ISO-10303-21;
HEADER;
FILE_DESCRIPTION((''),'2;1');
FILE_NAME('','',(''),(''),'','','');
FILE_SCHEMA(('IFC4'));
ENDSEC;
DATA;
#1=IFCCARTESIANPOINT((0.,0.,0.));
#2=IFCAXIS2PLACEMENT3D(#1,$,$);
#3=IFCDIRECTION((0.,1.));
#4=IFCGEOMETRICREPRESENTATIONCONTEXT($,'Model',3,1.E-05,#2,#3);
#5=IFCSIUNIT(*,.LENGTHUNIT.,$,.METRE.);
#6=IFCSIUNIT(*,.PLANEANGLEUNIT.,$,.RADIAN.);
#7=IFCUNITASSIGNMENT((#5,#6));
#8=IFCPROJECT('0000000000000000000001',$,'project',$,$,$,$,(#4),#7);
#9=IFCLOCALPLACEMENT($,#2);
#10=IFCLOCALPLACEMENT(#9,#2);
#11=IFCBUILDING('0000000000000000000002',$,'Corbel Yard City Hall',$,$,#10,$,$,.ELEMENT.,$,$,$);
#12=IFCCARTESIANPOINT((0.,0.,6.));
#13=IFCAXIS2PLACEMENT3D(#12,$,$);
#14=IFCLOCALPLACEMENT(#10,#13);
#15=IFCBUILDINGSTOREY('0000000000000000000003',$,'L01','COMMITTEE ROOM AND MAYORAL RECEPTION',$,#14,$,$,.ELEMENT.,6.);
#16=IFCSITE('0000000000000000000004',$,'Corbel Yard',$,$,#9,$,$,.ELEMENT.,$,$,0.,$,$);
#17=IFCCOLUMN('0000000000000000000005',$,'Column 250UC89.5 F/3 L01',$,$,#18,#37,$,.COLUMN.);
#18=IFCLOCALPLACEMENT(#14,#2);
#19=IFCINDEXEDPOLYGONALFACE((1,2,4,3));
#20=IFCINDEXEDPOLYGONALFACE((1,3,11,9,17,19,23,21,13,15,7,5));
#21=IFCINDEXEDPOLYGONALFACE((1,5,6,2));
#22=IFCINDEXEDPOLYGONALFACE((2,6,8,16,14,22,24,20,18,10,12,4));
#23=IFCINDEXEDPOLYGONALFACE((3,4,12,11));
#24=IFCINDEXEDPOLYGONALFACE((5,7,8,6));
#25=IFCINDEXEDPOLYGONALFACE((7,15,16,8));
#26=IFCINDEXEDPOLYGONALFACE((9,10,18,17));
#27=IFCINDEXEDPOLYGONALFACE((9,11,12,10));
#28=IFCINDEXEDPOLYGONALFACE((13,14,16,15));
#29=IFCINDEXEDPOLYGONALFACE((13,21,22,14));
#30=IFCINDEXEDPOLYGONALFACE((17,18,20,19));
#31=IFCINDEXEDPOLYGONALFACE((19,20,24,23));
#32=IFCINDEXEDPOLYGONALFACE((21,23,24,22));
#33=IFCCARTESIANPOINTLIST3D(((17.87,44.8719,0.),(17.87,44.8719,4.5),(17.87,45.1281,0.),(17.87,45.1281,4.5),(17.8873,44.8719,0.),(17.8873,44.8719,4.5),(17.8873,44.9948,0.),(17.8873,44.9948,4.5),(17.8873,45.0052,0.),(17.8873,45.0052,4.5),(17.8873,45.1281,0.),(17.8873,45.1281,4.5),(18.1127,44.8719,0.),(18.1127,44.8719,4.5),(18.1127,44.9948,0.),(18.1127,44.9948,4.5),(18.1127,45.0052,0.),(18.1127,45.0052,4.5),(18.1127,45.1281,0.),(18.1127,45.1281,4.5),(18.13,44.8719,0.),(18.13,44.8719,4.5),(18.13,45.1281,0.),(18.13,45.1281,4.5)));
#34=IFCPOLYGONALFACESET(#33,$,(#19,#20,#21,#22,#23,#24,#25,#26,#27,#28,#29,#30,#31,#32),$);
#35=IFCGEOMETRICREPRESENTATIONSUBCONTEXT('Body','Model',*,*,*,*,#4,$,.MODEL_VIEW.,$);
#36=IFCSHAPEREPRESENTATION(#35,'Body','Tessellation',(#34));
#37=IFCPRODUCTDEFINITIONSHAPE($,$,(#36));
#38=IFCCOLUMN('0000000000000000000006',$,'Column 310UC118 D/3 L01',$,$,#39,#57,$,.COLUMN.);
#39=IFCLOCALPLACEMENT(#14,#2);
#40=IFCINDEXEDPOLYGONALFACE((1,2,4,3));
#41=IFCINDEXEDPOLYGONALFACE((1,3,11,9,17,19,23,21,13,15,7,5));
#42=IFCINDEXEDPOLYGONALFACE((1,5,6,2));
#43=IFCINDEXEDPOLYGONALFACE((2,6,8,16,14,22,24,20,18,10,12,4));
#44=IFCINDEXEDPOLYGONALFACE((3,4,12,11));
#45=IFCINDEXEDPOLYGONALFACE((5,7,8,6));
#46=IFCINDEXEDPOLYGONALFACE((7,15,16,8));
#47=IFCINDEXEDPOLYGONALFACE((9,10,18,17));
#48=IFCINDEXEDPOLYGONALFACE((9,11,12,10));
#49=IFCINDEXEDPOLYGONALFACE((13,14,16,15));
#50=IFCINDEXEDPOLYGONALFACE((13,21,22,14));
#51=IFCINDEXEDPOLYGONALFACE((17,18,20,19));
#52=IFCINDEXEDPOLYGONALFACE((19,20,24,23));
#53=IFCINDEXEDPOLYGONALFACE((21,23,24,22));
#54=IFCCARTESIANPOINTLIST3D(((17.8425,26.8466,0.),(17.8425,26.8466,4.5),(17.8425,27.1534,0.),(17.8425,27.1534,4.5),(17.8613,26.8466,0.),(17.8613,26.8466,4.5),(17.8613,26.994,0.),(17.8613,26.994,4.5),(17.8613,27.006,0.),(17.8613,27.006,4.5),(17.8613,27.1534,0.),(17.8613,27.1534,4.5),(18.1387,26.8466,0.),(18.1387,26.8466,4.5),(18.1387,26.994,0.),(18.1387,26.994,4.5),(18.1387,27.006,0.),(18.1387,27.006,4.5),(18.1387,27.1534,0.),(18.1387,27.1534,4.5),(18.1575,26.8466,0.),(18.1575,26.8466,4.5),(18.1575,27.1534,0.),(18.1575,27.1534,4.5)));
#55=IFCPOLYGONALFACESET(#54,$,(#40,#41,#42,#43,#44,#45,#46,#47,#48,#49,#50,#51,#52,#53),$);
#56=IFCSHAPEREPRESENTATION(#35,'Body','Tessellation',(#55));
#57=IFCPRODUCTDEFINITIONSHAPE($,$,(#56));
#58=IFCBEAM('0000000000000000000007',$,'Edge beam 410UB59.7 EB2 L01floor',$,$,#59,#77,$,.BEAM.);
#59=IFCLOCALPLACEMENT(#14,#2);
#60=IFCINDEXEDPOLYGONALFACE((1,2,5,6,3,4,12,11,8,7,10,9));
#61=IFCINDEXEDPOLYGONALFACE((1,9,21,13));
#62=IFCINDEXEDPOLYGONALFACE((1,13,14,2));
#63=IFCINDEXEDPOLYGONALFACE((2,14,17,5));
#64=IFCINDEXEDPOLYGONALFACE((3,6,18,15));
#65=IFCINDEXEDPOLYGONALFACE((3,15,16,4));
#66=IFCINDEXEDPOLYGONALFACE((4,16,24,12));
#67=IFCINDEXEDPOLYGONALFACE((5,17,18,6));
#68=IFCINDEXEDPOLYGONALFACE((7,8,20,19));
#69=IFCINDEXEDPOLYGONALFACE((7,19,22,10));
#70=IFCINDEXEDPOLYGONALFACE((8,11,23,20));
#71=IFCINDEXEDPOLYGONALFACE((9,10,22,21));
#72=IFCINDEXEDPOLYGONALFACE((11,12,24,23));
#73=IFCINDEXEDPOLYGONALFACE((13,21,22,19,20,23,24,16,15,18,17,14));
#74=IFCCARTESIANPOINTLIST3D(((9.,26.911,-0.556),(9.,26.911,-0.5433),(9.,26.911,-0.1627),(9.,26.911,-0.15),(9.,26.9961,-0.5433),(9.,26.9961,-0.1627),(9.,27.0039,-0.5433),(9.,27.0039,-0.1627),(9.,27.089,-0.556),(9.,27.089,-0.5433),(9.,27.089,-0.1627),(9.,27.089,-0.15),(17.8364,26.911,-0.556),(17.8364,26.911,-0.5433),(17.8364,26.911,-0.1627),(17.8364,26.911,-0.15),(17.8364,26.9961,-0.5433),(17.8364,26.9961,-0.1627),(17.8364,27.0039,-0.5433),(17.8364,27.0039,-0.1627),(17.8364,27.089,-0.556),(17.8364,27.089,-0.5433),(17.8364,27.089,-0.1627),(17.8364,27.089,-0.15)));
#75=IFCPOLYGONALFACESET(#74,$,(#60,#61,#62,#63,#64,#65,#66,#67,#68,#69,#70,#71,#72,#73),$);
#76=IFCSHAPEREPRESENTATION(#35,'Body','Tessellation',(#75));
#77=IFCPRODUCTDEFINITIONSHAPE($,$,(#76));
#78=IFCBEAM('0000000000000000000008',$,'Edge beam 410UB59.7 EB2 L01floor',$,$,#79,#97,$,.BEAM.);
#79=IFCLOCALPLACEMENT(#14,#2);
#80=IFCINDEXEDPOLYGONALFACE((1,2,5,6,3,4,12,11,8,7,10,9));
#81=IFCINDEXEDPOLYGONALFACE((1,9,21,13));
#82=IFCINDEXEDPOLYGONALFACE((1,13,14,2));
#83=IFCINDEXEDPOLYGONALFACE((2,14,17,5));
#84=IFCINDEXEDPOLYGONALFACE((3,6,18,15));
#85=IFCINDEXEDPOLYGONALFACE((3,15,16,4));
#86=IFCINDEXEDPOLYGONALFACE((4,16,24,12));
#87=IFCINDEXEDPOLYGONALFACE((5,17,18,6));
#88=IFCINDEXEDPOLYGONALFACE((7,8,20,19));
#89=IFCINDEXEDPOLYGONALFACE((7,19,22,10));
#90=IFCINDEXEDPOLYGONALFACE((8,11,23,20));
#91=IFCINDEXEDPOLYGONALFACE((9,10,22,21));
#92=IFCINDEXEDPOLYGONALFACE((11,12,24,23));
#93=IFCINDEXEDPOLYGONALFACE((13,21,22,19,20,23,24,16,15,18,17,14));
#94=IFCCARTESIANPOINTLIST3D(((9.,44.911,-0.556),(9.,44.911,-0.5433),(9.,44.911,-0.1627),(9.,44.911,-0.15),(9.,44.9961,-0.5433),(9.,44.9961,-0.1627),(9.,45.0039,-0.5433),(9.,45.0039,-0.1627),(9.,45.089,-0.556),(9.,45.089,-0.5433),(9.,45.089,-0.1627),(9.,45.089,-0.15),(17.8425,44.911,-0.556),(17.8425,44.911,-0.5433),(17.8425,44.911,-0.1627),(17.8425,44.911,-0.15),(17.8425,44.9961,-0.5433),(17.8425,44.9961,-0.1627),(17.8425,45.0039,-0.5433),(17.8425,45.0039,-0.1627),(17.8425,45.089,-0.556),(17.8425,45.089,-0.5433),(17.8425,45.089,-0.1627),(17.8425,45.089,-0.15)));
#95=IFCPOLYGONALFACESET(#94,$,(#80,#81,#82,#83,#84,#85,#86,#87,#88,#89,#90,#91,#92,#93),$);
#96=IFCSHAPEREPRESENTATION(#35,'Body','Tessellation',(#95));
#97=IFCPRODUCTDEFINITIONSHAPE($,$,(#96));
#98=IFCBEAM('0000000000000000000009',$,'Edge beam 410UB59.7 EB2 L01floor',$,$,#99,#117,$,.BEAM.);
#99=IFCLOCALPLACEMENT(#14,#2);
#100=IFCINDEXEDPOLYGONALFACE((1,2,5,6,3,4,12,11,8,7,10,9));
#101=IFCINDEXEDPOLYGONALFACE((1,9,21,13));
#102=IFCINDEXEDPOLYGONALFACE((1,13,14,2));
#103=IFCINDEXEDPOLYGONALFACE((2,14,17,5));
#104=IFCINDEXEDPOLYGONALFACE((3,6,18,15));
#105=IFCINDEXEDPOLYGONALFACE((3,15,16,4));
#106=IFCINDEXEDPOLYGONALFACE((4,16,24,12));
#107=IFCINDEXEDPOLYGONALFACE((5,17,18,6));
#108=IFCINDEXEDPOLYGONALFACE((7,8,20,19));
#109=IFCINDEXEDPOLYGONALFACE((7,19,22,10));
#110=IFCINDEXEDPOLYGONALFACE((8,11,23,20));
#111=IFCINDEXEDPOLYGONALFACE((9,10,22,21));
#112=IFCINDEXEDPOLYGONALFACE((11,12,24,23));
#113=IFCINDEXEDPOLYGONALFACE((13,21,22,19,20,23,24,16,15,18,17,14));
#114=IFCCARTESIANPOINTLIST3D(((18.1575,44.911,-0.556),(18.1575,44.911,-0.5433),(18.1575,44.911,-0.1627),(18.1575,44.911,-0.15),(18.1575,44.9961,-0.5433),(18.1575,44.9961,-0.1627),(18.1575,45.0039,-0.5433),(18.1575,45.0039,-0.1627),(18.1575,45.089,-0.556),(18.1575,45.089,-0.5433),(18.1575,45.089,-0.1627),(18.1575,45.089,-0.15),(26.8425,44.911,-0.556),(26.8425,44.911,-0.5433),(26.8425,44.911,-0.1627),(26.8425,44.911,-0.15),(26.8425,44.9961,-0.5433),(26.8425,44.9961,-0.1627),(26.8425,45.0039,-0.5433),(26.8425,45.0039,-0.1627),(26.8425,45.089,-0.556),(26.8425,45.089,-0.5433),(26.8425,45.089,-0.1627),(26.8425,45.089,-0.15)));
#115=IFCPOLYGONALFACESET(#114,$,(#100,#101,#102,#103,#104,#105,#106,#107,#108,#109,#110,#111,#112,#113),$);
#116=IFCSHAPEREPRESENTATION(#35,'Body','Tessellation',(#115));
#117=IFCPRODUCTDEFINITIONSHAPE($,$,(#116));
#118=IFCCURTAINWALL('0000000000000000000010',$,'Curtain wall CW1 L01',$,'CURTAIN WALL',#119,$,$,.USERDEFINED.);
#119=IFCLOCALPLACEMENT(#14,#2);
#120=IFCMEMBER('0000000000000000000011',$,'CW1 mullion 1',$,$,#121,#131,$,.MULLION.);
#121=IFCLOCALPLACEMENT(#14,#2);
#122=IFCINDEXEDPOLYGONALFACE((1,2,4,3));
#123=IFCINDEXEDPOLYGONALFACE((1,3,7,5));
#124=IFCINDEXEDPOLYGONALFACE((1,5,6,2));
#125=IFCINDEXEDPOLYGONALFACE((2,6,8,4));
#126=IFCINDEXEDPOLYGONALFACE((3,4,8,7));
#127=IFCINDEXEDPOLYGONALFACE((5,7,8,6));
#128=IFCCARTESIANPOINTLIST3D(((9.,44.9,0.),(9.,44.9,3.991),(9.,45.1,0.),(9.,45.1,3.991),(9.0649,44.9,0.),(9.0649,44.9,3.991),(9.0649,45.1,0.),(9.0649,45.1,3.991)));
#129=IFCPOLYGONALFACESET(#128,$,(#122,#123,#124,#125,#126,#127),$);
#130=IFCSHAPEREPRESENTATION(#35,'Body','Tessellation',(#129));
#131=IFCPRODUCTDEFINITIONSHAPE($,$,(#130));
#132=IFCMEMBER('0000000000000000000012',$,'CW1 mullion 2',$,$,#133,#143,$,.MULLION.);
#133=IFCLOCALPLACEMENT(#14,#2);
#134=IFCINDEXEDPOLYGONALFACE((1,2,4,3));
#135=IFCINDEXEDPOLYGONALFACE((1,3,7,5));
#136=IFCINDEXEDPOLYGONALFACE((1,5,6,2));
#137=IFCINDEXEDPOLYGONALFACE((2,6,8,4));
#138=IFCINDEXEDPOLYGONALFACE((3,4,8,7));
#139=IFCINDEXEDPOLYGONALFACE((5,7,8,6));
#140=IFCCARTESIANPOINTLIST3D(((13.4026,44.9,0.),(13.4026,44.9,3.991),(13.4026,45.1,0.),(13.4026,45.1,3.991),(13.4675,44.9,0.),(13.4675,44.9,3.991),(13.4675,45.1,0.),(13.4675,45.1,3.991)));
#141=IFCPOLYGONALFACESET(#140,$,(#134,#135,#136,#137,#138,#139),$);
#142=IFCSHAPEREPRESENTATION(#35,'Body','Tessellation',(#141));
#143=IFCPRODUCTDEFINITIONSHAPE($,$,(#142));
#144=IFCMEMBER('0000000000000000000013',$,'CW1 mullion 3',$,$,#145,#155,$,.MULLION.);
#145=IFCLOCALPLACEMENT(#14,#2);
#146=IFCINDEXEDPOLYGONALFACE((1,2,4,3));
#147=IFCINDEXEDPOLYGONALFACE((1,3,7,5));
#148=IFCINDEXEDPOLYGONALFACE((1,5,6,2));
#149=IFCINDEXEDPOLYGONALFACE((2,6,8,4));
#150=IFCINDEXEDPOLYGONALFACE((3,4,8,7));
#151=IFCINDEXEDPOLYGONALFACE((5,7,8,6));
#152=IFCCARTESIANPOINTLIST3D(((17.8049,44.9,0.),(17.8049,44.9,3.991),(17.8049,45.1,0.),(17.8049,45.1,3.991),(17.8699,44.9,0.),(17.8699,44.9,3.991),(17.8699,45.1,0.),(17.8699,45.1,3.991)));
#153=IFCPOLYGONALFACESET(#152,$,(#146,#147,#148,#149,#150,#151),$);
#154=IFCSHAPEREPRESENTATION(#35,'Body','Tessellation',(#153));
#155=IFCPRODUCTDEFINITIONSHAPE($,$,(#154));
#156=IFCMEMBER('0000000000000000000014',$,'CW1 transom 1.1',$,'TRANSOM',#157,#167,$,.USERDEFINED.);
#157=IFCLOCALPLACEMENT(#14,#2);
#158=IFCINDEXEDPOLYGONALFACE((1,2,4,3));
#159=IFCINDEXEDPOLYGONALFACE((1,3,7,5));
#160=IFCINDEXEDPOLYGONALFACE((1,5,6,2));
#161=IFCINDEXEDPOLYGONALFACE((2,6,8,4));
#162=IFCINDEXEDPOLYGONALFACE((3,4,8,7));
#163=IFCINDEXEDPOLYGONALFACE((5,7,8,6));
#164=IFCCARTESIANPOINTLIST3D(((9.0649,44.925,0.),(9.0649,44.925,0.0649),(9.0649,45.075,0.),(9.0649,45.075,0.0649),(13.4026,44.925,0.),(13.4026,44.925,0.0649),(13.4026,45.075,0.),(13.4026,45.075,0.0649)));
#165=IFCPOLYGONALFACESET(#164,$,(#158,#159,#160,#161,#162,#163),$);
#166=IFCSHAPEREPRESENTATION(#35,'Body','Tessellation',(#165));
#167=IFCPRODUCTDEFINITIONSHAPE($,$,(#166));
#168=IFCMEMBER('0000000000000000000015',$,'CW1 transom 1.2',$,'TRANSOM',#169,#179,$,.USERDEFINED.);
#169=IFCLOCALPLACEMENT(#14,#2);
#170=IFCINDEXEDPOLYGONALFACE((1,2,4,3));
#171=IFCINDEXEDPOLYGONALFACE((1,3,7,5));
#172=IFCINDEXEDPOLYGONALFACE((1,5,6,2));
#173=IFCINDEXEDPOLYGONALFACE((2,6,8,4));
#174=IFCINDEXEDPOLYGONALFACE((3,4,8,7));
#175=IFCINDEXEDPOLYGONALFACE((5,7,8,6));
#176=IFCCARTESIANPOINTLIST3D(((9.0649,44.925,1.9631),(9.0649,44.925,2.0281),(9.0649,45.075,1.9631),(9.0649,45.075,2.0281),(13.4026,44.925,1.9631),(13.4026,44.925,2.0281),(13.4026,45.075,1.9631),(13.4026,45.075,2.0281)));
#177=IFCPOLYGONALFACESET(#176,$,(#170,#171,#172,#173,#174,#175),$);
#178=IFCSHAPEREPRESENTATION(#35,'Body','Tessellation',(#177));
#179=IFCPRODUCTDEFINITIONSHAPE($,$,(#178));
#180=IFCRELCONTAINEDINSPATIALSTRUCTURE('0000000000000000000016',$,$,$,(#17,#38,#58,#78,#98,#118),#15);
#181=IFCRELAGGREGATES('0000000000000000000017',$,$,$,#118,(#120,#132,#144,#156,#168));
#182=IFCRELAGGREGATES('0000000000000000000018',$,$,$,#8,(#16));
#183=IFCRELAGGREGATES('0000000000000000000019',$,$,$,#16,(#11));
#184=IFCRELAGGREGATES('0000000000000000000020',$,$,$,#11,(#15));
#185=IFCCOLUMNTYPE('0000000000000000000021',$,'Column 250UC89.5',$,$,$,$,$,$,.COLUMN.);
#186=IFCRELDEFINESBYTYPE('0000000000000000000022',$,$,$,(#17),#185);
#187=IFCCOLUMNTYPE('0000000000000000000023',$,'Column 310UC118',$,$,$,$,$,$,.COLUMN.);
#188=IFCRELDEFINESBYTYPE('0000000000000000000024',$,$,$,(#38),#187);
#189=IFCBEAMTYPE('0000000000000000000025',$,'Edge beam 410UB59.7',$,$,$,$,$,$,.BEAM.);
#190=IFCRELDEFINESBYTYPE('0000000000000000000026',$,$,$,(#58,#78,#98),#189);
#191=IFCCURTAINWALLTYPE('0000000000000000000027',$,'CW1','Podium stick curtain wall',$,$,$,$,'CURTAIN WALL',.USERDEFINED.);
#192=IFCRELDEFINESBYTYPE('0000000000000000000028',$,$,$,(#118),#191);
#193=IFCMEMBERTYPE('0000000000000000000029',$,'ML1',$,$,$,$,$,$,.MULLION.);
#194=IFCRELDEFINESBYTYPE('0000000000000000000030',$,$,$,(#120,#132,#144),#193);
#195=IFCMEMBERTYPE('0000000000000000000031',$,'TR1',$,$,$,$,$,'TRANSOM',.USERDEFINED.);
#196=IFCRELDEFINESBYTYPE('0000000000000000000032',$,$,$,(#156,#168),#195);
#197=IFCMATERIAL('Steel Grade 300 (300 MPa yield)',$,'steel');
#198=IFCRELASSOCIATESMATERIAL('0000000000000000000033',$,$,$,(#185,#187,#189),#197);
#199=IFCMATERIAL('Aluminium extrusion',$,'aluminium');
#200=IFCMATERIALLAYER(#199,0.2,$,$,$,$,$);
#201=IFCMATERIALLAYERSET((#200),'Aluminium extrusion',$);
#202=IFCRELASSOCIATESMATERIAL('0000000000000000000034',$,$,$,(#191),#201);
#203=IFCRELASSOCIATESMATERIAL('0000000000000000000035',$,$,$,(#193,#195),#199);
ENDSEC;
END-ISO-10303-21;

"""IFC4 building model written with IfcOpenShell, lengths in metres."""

from ifc_helpers import new_model, si_unit, direction, frame, origin, origin_2d, place, context, subcontext, project, spatial, rectangle, i_section, extrude, material, layer, layer_set, material_profile, profile_set, type_object, element, aggregate, save


model = new_model("IFC4")

# Units and contexts
model_context = context("Model", 3, precision=1e-05, world=origin(), true_north=direction((0.0, 1.0)))
body_context = subcontext(model_context, "Body", "Model", "MODEL_VIEW")
ifc_project = project(units=[si_unit("LENGTHUNIT", "METRE"), si_unit("PLANEANGLEUNIT", "RADIAN")], contexts=[model_context])

# Site, building, storey
site_placement = place(None, origin())
site = spatial("IfcSite", under=ifc_project, at=site_placement, Name="Corbel Yard", CompositionType="ELEMENT", RefElevation=0.0)
building_placement = place(site_placement, origin())
building = spatial("IfcBuilding", under=site, at=building_placement, Name="Corbel Yard City Hall", CompositionType="ELEMENT")
storey_placement = place(building_placement, frame((0.0, 0.0, 6.0)))
storey = spatial("IfcBuildingStorey", under=building, at=storey_placement, Name="L01", Description="COMMITTEE ROOM AND MAYORAL RECEPTION", CompositionType="ELEMENT", Elevation=6.0)

# Columns
ifc_material_1 = material(Name="Steel Grade 300 (300 MPa yield)", Category="steel")
ifc_material_profile_1 = material_profile(ifc_material_1, i_section(OverallWidth=0.2561, OverallDepth=0.26, WebThickness=0.0105, FlangeThickness=0.0173, at=origin_2d()), Name="250UC89.5")
ifc_profile_set_1 = profile_set([ifc_material_profile_1], Name="Steel Grade 300 (300 MPa yield)")
column_type_1 = type_object("IfcColumnType", Name="Column 250UC89.5", PredefinedType="COLUMN", material=ifc_profile_set_1)
column_1_placement = place(storey_placement, frame((18.0, 45.0, 0.0), z_axis=(0.0, 0.0, 1.0), x_axis=(0.0, 1.0, 0.0)))
element("IfcColumn", 1, at=column_1_placement, inside=storey, type_object=column_type_1, Name="Column 250UC89.5 F/3 L01", PredefinedType="COLUMN", context=body_context, shape_type="SweptSolid", body=[
    extrude(i_section(OverallWidth=0.2561, OverallDepth=0.26, WebThickness=0.0105, FlangeThickness=0.0173, at=origin_2d()), origin(), (0.0, 0.0, 1.0), 4.5),
])
ifc_material_profile_2 = material_profile(ifc_material_1, i_section(OverallWidth=0.3069, OverallDepth=0.3149, WebThickness=0.012, FlangeThickness=0.0188, at=origin_2d()), Name="310UC118")
ifc_profile_set_2 = profile_set([ifc_material_profile_2], Name="Steel Grade 300 (300 MPa yield)")
column_type_2 = type_object("IfcColumnType", Name="Column 310UC118", PredefinedType="COLUMN", material=ifc_profile_set_2)
column_2_placement = place(storey_placement, frame((18.0, 27.0, 0.0), z_axis=(0.0, 0.0, 1.0), x_axis=(0.0, 1.0, 0.0)))
element("IfcColumn", 2, at=column_2_placement, inside=storey, type_object=column_type_2, Name="Column 310UC118 D/3 L01", PredefinedType="COLUMN", context=body_context, shape_type="SweptSolid", body=[
    extrude(i_section(OverallWidth=0.3069, OverallDepth=0.3149, WebThickness=0.012, FlangeThickness=0.0188, at=origin_2d()), origin(), (0.0, 0.0, 1.0), 4.5),
])

# Beams
ifc_material_profile_3 = material_profile(ifc_material_1, i_section(OverallWidth=0.178, OverallDepth=0.406, WebThickness=0.0078, FlangeThickness=0.0127, at=origin_2d()), Name="410UB59.7")
ifc_profile_set_3 = profile_set([ifc_material_profile_3], Name="Steel Grade 300 (300 MPa yield)")
beam_type = type_object("IfcBeamType", Name="Edge beam 410UB59.7", PredefinedType="BEAM", material=ifc_profile_set_3)
beam_1_placement = place(storey_placement, frame((9.0, 27.0, -0.353), z_axis=(1.0, 0.0, 0.0), x_axis=(0.0, 1.0, 0.0)))
element("IfcBeam", 3, at=beam_1_placement, inside=storey, type_object=beam_type, Name="Edge beam 410UB59.7 EB2 L01floor", PredefinedType="BEAM", context=body_context, shape_type="SweptSolid", body=[
    extrude(i_section(OverallWidth=0.178, OverallDepth=0.406, WebThickness=0.0078, FlangeThickness=0.0127, at=origin_2d()), origin(), (0.0, 0.0, 1.0), 8.8364),
])
beam_2_placement = place(storey_placement, frame((9.0, 45.0, -0.353), z_axis=(1.0, 0.0, 0.0), x_axis=(0.0, 1.0, 0.0)))
element("IfcBeam", 4, at=beam_2_placement, inside=storey, type_object=beam_type, Name="Edge beam 410UB59.7 EB2 L01floor", PredefinedType="BEAM", context=body_context, shape_type="SweptSolid", body=[
    extrude(i_section(OverallWidth=0.178, OverallDepth=0.406, WebThickness=0.0078, FlangeThickness=0.0127, at=origin_2d()), origin(), (0.0, 0.0, 1.0), 8.8425),
])
beam_3_placement = place(storey_placement, frame((18.1575, 45.0, -0.353), z_axis=(1.0, 0.0, 0.0), x_axis=(0.0, 1.0, 0.0)))
element("IfcBeam", 5, at=beam_3_placement, inside=storey, type_object=beam_type, Name="Edge beam 410UB59.7 EB2 L01floor", PredefinedType="BEAM", context=body_context, shape_type="SweptSolid", body=[
    extrude(i_section(OverallWidth=0.178, OverallDepth=0.406, WebThickness=0.0078, FlangeThickness=0.0127, at=origin_2d()), origin(), (0.0, 0.0, 1.0), 8.6851),
])

# Curtain wall, members
ifc_material_2 = material(Name="Aluminium extrusion", Category="aluminium")
ifc_layer_1 = layer(ifc_material_2, 0.2)
ifc_layer_set_1 = layer_set([ifc_layer_1], Name="Aluminium extrusion")
curtain_wall_type = type_object("IfcCurtainWallType", Name="CW1", Description="Podium stick curtain wall", ElementType="CURTAIN WALL", PredefinedType="USERDEFINED", material=ifc_layer_set_1)
curtain_wall_placement = place(storey_placement, origin())
curtain_wall = element("IfcCurtainWall", 6, at=curtain_wall_placement, inside=storey, type_object=curtain_wall_type, Name="Curtain wall CW1 L01", ObjectType="CURTAIN WALL", PredefinedType="USERDEFINED")
ifc_material_profile_4 = material_profile(ifc_material_2, rectangle(XDim=0.2, YDim=0.0649, at=origin_2d()), Name="200x65")
ifc_profile_set_4 = profile_set([ifc_material_profile_4], Name="Aluminium extrusion")
member_type_1 = type_object("IfcMemberType", Name="ML1", PredefinedType="MULLION", material=ifc_profile_set_4)
member_1_placement = place(storey_placement, frame((9.0325, 45.0, 0.0), z_axis=(0.0, 0.0, 1.0), x_axis=(0.0, 1.0, 0.0)))
member_1 = element("IfcMember", 7, at=member_1_placement, type_object=member_type_1, Name="CW1 mullion 1", PredefinedType="MULLION", context=body_context, shape_type="SweptSolid", body=[
    extrude(rectangle(XDim=0.2, YDim=0.0649, at=origin_2d()), origin(), (0.0, 0.0, 1.0), 3.991),
])
member_2_placement = place(storey_placement, frame((13.4351, 45.0, 0.0), z_axis=(0.0, 0.0, 1.0), x_axis=(0.0, 1.0, 0.0)))
member_2 = element("IfcMember", 8, at=member_2_placement, type_object=member_type_1, Name="CW1 mullion 2", PredefinedType="MULLION", context=body_context, shape_type="SweptSolid", body=[
    extrude(rectangle(XDim=0.2, YDim=0.0649, at=origin_2d()), origin(), (0.0, 0.0, 1.0), 3.991),
])
member_3_placement = place(storey_placement, frame((17.8374, 45.0, 0.0), z_axis=(0.0, 0.0, 1.0), x_axis=(0.0, 1.0, 0.0)))
member_3 = element("IfcMember", 9, at=member_3_placement, type_object=member_type_1, Name="CW1 mullion 3", PredefinedType="MULLION", context=body_context, shape_type="SweptSolid", body=[
    extrude(rectangle(XDim=0.2, YDim=0.0649, at=origin_2d()), origin(), (0.0, 0.0, 1.0), 3.991),
])
ifc_material_profile_5 = material_profile(ifc_material_2, rectangle(XDim=0.1499, YDim=0.0649, at=origin_2d()), Name="150x65")
ifc_profile_set_5 = profile_set([ifc_material_profile_5], Name="Aluminium extrusion")
member_type_2 = type_object("IfcMemberType", Name="TR1", ElementType="TRANSOM", PredefinedType="USERDEFINED", material=ifc_profile_set_5)
member_4_placement = place(storey_placement, frame((9.0649, 45.0, 0.0325), z_axis=(1.0, 0.0, 0.0), x_axis=(0.0, 1.0, 0.0)))
member_4 = element("IfcMember", 10, at=member_4_placement, type_object=member_type_2, Name="CW1 transom 1.1", ObjectType="TRANSOM", PredefinedType="USERDEFINED", context=body_context, shape_type="SweptSolid", body=[
    extrude(rectangle(XDim=0.1499, YDim=0.0649, at=origin_2d()), origin(), (0.0, 0.0, 1.0), 4.3376),
])
member_5_placement = place(storey_placement, frame((9.0649, 45.0, 1.9956), z_axis=(1.0, 0.0, 0.0), x_axis=(0.0, 1.0, 0.0)))
member_5 = element("IfcMember", 11, at=member_5_placement, type_object=member_type_2, Name="CW1 transom 1.2", ObjectType="TRANSOM", PredefinedType="USERDEFINED", context=body_context, shape_type="SweptSolid", body=[
    extrude(rectangle(XDim=0.1499, YDim=0.0649, at=origin_2d()), origin(), (0.0, 0.0, 1.0), 4.3376),
])
aggregate(curtain_wall, [member_1, member_2, member_3, member_4, member_5])

save(model, "model.ifc")
